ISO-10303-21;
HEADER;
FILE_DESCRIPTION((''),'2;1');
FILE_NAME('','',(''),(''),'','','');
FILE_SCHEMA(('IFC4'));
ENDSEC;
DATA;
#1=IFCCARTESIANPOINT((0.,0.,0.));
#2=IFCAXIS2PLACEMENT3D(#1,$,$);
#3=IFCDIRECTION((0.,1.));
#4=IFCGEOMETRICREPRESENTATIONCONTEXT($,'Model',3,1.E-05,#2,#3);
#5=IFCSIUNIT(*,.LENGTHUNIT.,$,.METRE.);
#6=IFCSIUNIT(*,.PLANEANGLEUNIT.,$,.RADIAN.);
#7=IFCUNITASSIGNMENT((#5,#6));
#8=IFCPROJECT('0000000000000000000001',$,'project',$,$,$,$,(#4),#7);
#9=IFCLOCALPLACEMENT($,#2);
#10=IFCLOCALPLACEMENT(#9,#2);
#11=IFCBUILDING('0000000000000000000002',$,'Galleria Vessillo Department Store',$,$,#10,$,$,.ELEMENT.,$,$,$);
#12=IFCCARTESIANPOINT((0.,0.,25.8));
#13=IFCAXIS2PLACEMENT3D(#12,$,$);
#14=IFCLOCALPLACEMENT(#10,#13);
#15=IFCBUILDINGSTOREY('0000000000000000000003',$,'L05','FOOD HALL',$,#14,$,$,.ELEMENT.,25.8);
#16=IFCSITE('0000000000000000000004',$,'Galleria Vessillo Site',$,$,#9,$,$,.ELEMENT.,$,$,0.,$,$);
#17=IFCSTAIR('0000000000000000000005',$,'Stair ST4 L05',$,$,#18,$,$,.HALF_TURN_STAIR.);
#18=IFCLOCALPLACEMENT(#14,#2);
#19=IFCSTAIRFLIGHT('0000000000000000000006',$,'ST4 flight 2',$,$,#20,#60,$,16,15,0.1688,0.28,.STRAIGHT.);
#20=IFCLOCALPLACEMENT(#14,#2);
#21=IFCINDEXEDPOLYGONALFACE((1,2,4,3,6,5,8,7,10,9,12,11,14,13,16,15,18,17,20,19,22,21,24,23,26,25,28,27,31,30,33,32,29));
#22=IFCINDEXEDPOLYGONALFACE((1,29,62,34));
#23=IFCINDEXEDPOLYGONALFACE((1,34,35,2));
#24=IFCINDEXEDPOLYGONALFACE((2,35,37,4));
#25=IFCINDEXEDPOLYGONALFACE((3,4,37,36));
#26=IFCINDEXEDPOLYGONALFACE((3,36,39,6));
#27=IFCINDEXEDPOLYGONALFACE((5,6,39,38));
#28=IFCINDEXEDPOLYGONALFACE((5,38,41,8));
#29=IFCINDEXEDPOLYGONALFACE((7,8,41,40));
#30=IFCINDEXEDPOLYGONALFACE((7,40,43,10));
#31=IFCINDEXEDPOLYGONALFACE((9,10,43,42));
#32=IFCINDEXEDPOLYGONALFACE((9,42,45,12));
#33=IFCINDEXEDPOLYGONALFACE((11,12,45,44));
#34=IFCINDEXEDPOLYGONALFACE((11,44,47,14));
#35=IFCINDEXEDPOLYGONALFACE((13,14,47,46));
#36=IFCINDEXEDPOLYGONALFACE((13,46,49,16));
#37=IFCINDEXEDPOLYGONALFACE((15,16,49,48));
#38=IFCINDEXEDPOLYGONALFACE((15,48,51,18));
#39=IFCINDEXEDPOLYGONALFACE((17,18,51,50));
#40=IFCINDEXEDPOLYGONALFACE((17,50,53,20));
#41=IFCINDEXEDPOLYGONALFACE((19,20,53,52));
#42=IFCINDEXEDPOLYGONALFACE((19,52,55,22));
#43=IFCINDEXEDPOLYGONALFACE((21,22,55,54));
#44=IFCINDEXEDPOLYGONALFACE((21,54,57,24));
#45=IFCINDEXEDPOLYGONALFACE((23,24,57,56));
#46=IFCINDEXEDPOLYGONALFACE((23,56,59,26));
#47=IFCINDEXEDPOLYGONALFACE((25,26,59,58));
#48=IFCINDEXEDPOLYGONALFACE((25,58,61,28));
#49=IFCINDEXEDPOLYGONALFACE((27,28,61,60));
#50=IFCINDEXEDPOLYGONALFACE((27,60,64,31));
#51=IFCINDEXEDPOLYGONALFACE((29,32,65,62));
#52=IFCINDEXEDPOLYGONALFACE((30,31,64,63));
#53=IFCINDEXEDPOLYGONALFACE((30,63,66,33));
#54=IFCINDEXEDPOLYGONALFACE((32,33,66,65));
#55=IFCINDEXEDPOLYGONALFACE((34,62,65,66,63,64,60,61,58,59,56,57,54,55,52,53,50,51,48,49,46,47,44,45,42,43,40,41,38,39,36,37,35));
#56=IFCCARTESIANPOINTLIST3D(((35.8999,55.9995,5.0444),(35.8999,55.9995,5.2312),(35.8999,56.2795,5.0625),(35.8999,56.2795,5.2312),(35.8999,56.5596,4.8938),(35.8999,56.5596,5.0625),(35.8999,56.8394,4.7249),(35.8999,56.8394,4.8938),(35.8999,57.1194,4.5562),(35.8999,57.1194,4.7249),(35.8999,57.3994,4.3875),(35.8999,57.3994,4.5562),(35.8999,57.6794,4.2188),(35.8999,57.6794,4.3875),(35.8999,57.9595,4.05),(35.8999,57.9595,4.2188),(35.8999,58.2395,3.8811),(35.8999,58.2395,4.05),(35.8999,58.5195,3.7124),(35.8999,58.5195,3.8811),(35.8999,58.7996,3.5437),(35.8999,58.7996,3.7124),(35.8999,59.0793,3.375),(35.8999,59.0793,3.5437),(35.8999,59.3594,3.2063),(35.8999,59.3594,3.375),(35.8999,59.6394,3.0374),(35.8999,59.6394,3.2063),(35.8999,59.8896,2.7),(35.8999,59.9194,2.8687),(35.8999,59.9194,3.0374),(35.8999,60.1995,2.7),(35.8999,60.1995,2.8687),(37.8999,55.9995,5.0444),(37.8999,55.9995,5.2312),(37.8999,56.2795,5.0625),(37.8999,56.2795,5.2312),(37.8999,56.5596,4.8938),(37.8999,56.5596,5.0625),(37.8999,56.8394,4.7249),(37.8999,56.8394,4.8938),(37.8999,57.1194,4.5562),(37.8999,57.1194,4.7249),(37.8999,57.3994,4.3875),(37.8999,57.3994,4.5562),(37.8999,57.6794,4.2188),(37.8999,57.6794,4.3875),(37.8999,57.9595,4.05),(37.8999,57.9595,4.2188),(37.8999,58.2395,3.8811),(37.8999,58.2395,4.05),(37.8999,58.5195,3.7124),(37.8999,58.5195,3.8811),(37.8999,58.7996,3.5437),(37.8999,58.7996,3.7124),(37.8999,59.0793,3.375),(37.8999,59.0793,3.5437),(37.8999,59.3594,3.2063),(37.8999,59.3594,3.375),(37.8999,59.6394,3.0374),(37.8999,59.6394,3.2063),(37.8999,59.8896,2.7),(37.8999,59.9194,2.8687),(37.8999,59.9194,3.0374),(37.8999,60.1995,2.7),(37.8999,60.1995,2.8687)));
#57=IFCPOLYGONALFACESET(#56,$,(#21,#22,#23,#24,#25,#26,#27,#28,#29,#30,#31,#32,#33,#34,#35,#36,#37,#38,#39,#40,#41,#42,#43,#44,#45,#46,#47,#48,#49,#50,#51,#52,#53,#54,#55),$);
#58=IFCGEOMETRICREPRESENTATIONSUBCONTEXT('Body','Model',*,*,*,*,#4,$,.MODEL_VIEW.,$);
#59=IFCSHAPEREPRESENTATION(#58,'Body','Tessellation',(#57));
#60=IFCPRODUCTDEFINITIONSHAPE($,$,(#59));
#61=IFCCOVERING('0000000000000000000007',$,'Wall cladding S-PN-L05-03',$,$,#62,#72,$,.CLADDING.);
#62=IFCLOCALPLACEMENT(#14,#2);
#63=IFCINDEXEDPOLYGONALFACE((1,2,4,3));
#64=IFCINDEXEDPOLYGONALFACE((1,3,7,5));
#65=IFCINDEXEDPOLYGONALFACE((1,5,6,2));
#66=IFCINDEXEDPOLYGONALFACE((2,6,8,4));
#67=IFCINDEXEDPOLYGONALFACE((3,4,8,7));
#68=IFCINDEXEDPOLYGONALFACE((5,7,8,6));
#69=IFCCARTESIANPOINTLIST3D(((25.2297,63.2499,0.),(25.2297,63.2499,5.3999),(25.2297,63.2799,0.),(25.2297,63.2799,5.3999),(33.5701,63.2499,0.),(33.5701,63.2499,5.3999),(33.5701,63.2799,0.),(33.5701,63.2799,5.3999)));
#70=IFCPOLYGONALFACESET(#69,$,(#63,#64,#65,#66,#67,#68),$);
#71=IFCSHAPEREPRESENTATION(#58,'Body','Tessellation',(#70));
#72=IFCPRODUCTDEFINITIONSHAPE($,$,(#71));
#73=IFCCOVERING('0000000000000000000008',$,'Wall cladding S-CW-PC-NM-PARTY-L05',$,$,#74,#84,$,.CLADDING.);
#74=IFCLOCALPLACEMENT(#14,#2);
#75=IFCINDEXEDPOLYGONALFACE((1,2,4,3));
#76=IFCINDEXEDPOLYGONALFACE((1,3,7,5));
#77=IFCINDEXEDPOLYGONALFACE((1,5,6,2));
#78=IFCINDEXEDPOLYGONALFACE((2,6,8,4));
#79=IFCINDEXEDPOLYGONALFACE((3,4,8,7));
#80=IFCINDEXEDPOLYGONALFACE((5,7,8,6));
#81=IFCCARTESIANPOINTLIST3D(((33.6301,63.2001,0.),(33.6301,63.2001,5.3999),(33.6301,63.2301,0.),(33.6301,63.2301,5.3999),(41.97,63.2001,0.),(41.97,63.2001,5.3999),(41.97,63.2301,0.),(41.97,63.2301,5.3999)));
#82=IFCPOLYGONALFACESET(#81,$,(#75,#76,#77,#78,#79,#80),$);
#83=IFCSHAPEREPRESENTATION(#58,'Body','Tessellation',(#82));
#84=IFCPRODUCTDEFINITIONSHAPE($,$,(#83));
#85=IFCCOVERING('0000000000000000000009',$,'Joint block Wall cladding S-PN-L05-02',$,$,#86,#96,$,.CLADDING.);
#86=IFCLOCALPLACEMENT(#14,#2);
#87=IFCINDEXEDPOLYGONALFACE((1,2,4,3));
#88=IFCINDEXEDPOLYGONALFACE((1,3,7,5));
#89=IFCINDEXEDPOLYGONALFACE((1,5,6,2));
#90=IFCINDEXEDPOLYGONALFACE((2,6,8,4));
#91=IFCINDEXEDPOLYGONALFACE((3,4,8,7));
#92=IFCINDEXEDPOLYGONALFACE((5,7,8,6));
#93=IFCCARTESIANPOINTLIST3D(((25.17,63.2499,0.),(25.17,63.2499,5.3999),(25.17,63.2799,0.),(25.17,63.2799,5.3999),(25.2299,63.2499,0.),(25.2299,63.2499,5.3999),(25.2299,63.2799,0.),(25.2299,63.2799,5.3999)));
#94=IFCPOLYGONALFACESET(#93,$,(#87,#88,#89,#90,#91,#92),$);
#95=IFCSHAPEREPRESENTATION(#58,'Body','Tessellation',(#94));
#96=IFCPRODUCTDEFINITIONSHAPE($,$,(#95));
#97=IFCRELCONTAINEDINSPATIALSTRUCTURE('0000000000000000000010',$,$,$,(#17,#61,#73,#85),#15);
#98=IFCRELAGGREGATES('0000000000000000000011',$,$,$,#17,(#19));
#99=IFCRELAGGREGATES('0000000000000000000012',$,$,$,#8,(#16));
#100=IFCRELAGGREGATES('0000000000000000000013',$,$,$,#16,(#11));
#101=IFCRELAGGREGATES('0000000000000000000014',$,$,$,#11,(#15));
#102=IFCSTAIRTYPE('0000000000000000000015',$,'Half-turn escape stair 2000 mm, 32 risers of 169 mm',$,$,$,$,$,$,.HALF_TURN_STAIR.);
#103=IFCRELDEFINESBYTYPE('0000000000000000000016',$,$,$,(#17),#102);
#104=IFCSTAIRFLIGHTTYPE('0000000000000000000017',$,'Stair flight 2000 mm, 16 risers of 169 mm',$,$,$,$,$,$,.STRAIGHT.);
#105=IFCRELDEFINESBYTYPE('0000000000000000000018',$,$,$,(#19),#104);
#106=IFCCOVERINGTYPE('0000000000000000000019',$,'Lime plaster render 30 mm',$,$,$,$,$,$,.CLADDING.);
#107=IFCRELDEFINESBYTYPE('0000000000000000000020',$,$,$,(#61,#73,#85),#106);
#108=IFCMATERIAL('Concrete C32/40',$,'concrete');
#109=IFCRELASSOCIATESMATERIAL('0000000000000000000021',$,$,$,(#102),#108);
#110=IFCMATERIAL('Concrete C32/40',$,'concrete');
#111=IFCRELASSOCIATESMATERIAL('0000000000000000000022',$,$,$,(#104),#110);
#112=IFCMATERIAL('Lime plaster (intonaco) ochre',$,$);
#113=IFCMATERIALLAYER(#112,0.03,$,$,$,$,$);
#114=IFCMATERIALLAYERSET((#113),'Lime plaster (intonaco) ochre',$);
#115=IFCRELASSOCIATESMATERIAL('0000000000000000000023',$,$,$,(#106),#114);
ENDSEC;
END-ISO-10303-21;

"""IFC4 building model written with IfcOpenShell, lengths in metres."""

from ifc_helpers import new_model, si_unit, direction, frame, origin, origin_2d, place, context, subcontext, project, spatial, polyline, rectangle, outline, extrude, material, layer, layer_set, type_object, element, aggregate, save


model = new_model("IFC4")

# Units and contexts
model_context = context("Model", 3, precision=1e-05, world=origin(), true_north=direction((0.0, 1.0)))
body_context = subcontext(model_context, "Body", "Model", "MODEL_VIEW")
ifc_project = project(units=[si_unit("LENGTHUNIT", "METRE"), si_unit("PLANEANGLEUNIT", "RADIAN")], contexts=[model_context])

# Site, building, storey
site_placement = place(None, origin())
site = spatial("IfcSite", under=ifc_project, at=site_placement, Name="Galleria Vessillo Site", CompositionType="ELEMENT", RefElevation=0.0)
building_placement = place(site_placement, origin())
building = spatial("IfcBuilding", under=site, at=building_placement, Name="Galleria Vessillo Department Store", CompositionType="ELEMENT")
storey_placement = place(building_placement, frame((0.0, 0.0, 25.8)))
storey = spatial("IfcBuildingStorey", under=building, at=storey_placement, Name="L05", Description="FOOD HALL", CompositionType="ELEMENT", Elevation=25.8)

# Stair, stair flight
ifc_material_1 = material(Name="Concrete C32/40", Category="concrete")
stair_type = type_object("IfcStairType", Name="Half-turn escape stair 2000 mm, 32 risers of 169 mm", PredefinedType="HALF_TURN_STAIR", material=ifc_material_1)
stair_placement = place(storey_placement, origin())
stair = element("IfcStair", 1, at=stair_placement, inside=storey, type_object=stair_type, Name="Stair ST4 L05", PredefinedType="HALF_TURN_STAIR")
ifc_material_2 = material(Name="Concrete C32/40", Category="concrete")
stair_flight_type = type_object("IfcStairFlightType", Name="Stair flight 2000 mm, 16 risers of 169 mm", PredefinedType="STRAIGHT", material=ifc_material_2)
stair_flight_1_placement = place(storey_placement, frame((36.8999, 60.1995, 2.7), z_axis=(0.0, 0.0, 1.0), x_axis=(0.0, -1.0, 0.0)))
stair_flight_1 = element("IfcStairFlight", 2, at=stair_flight_1_placement, type_object=stair_flight_type, Name="ST4 flight 2", NumberOfRisers=16, NumberOfTreads=15, PredefinedType="STRAIGHT", RiserHeight=0.1688, TreadLength=0.28, context=body_context, shape_type="SweptSolid", body=[
    extrude(outline(polyline([(0.0, 0.0), (0.0, 0.1687), (0.28, 0.1687), (0.28, 0.3374), (0.5601, 0.3374), (0.5601, 0.5063), (0.8401, 0.5063), (0.8401, 0.675), (1.1201, 0.675), (1.1201, 0.8438), (1.3999, 0.8438), (1.3999, 1.0125), (1.6799, 1.0125), (1.6799, 1.1812), (1.96, 1.1812), (1.96, 1.3501), (2.24, 1.3501), (2.24, 1.5188), (2.52, 1.5188), (2.52, 1.6875), (2.8, 1.6875), (2.8, 1.8562), (3.0801, 1.8562), (3.0801, 2.0249), (3.3601, 2.0249), (3.3601, 2.1938), (3.6399, 2.1938), (3.6399, 2.3625), (3.9199, 2.3625), (3.9199, 2.5312), (4.2, 2.5312), (4.2, 2.7), (4.2, 2.3445), (0.3098, 0.0), (0.0, 0.0)])), frame((0.0, 1.0, 0.0), z_axis=(0.0, -1.0, 0.0), x_axis=(1.0, 0.0, 0.0)), (0.0, 0.0, 1.0), 2.0),
])
aggregate(stair, [stair_flight_1])

# Coverings
ifc_material_3 = material(Name="Lime plaster (intonaco) ochre")
ifc_layer_1 = layer(ifc_material_3, 0.03)
ifc_layer_set_1 = layer_set([ifc_layer_1], Name="Lime plaster (intonaco) ochre")
covering_type = type_object("IfcCoveringType", Name="Lime plaster render 30 mm", PredefinedType="CLADDING", material=ifc_layer_set_1)
covering_1_placement = place(storey_placement, frame((29.3999, 63.2649, 0.0), z_axis=(0.0, 0.0, 1.0), x_axis=(1.0, 0.0, 0.0)))
element("IfcCovering", 3, at=covering_1_placement, inside=storey, type_object=covering_type, Name="Wall cladding S-PN-L05-03", PredefinedType="CLADDING", context=body_context, shape_type="SweptSolid", body=[
    extrude(rectangle(XDim=8.3403, YDim=0.03, at=origin_2d()), origin(), (0.0, 0.0, 1.0), 5.3999),
])
covering_2_placement = place(storey_placement, frame((37.8, 63.2151, 0.0), z_axis=(0.0, 0.0, 1.0), x_axis=(1.0, 0.0, 0.0)))
element("IfcCovering", 4, at=covering_2_placement, inside=storey, type_object=covering_type, Name="Wall cladding S-CW-PC-NM-PARTY-L05", PredefinedType="CLADDING", context=body_context, shape_type="SweptSolid", body=[
    extrude(rectangle(XDim=8.3398, YDim=0.03, at=origin_2d()), origin(), (0.0, 0.0, 1.0), 5.3999),
])
covering_3_placement = place(storey_placement, frame((25.2, 63.2649, 0.0), z_axis=(0.0, 0.0, 1.0), x_axis=(1.0, 0.0, 0.0)))
element("IfcCovering", 5, at=covering_3_placement, inside=storey, type_object=covering_type, Name="Joint block Wall cladding S-PN-L05-02", PredefinedType="CLADDING", context=body_context, shape_type="SweptSolid", body=[
    extrude(rectangle(XDim=0.0598, YDim=0.03, at=origin_2d()), origin(), (0.0, 0.0, 1.0), 5.3999),
])

save(model, "model.ifc")
